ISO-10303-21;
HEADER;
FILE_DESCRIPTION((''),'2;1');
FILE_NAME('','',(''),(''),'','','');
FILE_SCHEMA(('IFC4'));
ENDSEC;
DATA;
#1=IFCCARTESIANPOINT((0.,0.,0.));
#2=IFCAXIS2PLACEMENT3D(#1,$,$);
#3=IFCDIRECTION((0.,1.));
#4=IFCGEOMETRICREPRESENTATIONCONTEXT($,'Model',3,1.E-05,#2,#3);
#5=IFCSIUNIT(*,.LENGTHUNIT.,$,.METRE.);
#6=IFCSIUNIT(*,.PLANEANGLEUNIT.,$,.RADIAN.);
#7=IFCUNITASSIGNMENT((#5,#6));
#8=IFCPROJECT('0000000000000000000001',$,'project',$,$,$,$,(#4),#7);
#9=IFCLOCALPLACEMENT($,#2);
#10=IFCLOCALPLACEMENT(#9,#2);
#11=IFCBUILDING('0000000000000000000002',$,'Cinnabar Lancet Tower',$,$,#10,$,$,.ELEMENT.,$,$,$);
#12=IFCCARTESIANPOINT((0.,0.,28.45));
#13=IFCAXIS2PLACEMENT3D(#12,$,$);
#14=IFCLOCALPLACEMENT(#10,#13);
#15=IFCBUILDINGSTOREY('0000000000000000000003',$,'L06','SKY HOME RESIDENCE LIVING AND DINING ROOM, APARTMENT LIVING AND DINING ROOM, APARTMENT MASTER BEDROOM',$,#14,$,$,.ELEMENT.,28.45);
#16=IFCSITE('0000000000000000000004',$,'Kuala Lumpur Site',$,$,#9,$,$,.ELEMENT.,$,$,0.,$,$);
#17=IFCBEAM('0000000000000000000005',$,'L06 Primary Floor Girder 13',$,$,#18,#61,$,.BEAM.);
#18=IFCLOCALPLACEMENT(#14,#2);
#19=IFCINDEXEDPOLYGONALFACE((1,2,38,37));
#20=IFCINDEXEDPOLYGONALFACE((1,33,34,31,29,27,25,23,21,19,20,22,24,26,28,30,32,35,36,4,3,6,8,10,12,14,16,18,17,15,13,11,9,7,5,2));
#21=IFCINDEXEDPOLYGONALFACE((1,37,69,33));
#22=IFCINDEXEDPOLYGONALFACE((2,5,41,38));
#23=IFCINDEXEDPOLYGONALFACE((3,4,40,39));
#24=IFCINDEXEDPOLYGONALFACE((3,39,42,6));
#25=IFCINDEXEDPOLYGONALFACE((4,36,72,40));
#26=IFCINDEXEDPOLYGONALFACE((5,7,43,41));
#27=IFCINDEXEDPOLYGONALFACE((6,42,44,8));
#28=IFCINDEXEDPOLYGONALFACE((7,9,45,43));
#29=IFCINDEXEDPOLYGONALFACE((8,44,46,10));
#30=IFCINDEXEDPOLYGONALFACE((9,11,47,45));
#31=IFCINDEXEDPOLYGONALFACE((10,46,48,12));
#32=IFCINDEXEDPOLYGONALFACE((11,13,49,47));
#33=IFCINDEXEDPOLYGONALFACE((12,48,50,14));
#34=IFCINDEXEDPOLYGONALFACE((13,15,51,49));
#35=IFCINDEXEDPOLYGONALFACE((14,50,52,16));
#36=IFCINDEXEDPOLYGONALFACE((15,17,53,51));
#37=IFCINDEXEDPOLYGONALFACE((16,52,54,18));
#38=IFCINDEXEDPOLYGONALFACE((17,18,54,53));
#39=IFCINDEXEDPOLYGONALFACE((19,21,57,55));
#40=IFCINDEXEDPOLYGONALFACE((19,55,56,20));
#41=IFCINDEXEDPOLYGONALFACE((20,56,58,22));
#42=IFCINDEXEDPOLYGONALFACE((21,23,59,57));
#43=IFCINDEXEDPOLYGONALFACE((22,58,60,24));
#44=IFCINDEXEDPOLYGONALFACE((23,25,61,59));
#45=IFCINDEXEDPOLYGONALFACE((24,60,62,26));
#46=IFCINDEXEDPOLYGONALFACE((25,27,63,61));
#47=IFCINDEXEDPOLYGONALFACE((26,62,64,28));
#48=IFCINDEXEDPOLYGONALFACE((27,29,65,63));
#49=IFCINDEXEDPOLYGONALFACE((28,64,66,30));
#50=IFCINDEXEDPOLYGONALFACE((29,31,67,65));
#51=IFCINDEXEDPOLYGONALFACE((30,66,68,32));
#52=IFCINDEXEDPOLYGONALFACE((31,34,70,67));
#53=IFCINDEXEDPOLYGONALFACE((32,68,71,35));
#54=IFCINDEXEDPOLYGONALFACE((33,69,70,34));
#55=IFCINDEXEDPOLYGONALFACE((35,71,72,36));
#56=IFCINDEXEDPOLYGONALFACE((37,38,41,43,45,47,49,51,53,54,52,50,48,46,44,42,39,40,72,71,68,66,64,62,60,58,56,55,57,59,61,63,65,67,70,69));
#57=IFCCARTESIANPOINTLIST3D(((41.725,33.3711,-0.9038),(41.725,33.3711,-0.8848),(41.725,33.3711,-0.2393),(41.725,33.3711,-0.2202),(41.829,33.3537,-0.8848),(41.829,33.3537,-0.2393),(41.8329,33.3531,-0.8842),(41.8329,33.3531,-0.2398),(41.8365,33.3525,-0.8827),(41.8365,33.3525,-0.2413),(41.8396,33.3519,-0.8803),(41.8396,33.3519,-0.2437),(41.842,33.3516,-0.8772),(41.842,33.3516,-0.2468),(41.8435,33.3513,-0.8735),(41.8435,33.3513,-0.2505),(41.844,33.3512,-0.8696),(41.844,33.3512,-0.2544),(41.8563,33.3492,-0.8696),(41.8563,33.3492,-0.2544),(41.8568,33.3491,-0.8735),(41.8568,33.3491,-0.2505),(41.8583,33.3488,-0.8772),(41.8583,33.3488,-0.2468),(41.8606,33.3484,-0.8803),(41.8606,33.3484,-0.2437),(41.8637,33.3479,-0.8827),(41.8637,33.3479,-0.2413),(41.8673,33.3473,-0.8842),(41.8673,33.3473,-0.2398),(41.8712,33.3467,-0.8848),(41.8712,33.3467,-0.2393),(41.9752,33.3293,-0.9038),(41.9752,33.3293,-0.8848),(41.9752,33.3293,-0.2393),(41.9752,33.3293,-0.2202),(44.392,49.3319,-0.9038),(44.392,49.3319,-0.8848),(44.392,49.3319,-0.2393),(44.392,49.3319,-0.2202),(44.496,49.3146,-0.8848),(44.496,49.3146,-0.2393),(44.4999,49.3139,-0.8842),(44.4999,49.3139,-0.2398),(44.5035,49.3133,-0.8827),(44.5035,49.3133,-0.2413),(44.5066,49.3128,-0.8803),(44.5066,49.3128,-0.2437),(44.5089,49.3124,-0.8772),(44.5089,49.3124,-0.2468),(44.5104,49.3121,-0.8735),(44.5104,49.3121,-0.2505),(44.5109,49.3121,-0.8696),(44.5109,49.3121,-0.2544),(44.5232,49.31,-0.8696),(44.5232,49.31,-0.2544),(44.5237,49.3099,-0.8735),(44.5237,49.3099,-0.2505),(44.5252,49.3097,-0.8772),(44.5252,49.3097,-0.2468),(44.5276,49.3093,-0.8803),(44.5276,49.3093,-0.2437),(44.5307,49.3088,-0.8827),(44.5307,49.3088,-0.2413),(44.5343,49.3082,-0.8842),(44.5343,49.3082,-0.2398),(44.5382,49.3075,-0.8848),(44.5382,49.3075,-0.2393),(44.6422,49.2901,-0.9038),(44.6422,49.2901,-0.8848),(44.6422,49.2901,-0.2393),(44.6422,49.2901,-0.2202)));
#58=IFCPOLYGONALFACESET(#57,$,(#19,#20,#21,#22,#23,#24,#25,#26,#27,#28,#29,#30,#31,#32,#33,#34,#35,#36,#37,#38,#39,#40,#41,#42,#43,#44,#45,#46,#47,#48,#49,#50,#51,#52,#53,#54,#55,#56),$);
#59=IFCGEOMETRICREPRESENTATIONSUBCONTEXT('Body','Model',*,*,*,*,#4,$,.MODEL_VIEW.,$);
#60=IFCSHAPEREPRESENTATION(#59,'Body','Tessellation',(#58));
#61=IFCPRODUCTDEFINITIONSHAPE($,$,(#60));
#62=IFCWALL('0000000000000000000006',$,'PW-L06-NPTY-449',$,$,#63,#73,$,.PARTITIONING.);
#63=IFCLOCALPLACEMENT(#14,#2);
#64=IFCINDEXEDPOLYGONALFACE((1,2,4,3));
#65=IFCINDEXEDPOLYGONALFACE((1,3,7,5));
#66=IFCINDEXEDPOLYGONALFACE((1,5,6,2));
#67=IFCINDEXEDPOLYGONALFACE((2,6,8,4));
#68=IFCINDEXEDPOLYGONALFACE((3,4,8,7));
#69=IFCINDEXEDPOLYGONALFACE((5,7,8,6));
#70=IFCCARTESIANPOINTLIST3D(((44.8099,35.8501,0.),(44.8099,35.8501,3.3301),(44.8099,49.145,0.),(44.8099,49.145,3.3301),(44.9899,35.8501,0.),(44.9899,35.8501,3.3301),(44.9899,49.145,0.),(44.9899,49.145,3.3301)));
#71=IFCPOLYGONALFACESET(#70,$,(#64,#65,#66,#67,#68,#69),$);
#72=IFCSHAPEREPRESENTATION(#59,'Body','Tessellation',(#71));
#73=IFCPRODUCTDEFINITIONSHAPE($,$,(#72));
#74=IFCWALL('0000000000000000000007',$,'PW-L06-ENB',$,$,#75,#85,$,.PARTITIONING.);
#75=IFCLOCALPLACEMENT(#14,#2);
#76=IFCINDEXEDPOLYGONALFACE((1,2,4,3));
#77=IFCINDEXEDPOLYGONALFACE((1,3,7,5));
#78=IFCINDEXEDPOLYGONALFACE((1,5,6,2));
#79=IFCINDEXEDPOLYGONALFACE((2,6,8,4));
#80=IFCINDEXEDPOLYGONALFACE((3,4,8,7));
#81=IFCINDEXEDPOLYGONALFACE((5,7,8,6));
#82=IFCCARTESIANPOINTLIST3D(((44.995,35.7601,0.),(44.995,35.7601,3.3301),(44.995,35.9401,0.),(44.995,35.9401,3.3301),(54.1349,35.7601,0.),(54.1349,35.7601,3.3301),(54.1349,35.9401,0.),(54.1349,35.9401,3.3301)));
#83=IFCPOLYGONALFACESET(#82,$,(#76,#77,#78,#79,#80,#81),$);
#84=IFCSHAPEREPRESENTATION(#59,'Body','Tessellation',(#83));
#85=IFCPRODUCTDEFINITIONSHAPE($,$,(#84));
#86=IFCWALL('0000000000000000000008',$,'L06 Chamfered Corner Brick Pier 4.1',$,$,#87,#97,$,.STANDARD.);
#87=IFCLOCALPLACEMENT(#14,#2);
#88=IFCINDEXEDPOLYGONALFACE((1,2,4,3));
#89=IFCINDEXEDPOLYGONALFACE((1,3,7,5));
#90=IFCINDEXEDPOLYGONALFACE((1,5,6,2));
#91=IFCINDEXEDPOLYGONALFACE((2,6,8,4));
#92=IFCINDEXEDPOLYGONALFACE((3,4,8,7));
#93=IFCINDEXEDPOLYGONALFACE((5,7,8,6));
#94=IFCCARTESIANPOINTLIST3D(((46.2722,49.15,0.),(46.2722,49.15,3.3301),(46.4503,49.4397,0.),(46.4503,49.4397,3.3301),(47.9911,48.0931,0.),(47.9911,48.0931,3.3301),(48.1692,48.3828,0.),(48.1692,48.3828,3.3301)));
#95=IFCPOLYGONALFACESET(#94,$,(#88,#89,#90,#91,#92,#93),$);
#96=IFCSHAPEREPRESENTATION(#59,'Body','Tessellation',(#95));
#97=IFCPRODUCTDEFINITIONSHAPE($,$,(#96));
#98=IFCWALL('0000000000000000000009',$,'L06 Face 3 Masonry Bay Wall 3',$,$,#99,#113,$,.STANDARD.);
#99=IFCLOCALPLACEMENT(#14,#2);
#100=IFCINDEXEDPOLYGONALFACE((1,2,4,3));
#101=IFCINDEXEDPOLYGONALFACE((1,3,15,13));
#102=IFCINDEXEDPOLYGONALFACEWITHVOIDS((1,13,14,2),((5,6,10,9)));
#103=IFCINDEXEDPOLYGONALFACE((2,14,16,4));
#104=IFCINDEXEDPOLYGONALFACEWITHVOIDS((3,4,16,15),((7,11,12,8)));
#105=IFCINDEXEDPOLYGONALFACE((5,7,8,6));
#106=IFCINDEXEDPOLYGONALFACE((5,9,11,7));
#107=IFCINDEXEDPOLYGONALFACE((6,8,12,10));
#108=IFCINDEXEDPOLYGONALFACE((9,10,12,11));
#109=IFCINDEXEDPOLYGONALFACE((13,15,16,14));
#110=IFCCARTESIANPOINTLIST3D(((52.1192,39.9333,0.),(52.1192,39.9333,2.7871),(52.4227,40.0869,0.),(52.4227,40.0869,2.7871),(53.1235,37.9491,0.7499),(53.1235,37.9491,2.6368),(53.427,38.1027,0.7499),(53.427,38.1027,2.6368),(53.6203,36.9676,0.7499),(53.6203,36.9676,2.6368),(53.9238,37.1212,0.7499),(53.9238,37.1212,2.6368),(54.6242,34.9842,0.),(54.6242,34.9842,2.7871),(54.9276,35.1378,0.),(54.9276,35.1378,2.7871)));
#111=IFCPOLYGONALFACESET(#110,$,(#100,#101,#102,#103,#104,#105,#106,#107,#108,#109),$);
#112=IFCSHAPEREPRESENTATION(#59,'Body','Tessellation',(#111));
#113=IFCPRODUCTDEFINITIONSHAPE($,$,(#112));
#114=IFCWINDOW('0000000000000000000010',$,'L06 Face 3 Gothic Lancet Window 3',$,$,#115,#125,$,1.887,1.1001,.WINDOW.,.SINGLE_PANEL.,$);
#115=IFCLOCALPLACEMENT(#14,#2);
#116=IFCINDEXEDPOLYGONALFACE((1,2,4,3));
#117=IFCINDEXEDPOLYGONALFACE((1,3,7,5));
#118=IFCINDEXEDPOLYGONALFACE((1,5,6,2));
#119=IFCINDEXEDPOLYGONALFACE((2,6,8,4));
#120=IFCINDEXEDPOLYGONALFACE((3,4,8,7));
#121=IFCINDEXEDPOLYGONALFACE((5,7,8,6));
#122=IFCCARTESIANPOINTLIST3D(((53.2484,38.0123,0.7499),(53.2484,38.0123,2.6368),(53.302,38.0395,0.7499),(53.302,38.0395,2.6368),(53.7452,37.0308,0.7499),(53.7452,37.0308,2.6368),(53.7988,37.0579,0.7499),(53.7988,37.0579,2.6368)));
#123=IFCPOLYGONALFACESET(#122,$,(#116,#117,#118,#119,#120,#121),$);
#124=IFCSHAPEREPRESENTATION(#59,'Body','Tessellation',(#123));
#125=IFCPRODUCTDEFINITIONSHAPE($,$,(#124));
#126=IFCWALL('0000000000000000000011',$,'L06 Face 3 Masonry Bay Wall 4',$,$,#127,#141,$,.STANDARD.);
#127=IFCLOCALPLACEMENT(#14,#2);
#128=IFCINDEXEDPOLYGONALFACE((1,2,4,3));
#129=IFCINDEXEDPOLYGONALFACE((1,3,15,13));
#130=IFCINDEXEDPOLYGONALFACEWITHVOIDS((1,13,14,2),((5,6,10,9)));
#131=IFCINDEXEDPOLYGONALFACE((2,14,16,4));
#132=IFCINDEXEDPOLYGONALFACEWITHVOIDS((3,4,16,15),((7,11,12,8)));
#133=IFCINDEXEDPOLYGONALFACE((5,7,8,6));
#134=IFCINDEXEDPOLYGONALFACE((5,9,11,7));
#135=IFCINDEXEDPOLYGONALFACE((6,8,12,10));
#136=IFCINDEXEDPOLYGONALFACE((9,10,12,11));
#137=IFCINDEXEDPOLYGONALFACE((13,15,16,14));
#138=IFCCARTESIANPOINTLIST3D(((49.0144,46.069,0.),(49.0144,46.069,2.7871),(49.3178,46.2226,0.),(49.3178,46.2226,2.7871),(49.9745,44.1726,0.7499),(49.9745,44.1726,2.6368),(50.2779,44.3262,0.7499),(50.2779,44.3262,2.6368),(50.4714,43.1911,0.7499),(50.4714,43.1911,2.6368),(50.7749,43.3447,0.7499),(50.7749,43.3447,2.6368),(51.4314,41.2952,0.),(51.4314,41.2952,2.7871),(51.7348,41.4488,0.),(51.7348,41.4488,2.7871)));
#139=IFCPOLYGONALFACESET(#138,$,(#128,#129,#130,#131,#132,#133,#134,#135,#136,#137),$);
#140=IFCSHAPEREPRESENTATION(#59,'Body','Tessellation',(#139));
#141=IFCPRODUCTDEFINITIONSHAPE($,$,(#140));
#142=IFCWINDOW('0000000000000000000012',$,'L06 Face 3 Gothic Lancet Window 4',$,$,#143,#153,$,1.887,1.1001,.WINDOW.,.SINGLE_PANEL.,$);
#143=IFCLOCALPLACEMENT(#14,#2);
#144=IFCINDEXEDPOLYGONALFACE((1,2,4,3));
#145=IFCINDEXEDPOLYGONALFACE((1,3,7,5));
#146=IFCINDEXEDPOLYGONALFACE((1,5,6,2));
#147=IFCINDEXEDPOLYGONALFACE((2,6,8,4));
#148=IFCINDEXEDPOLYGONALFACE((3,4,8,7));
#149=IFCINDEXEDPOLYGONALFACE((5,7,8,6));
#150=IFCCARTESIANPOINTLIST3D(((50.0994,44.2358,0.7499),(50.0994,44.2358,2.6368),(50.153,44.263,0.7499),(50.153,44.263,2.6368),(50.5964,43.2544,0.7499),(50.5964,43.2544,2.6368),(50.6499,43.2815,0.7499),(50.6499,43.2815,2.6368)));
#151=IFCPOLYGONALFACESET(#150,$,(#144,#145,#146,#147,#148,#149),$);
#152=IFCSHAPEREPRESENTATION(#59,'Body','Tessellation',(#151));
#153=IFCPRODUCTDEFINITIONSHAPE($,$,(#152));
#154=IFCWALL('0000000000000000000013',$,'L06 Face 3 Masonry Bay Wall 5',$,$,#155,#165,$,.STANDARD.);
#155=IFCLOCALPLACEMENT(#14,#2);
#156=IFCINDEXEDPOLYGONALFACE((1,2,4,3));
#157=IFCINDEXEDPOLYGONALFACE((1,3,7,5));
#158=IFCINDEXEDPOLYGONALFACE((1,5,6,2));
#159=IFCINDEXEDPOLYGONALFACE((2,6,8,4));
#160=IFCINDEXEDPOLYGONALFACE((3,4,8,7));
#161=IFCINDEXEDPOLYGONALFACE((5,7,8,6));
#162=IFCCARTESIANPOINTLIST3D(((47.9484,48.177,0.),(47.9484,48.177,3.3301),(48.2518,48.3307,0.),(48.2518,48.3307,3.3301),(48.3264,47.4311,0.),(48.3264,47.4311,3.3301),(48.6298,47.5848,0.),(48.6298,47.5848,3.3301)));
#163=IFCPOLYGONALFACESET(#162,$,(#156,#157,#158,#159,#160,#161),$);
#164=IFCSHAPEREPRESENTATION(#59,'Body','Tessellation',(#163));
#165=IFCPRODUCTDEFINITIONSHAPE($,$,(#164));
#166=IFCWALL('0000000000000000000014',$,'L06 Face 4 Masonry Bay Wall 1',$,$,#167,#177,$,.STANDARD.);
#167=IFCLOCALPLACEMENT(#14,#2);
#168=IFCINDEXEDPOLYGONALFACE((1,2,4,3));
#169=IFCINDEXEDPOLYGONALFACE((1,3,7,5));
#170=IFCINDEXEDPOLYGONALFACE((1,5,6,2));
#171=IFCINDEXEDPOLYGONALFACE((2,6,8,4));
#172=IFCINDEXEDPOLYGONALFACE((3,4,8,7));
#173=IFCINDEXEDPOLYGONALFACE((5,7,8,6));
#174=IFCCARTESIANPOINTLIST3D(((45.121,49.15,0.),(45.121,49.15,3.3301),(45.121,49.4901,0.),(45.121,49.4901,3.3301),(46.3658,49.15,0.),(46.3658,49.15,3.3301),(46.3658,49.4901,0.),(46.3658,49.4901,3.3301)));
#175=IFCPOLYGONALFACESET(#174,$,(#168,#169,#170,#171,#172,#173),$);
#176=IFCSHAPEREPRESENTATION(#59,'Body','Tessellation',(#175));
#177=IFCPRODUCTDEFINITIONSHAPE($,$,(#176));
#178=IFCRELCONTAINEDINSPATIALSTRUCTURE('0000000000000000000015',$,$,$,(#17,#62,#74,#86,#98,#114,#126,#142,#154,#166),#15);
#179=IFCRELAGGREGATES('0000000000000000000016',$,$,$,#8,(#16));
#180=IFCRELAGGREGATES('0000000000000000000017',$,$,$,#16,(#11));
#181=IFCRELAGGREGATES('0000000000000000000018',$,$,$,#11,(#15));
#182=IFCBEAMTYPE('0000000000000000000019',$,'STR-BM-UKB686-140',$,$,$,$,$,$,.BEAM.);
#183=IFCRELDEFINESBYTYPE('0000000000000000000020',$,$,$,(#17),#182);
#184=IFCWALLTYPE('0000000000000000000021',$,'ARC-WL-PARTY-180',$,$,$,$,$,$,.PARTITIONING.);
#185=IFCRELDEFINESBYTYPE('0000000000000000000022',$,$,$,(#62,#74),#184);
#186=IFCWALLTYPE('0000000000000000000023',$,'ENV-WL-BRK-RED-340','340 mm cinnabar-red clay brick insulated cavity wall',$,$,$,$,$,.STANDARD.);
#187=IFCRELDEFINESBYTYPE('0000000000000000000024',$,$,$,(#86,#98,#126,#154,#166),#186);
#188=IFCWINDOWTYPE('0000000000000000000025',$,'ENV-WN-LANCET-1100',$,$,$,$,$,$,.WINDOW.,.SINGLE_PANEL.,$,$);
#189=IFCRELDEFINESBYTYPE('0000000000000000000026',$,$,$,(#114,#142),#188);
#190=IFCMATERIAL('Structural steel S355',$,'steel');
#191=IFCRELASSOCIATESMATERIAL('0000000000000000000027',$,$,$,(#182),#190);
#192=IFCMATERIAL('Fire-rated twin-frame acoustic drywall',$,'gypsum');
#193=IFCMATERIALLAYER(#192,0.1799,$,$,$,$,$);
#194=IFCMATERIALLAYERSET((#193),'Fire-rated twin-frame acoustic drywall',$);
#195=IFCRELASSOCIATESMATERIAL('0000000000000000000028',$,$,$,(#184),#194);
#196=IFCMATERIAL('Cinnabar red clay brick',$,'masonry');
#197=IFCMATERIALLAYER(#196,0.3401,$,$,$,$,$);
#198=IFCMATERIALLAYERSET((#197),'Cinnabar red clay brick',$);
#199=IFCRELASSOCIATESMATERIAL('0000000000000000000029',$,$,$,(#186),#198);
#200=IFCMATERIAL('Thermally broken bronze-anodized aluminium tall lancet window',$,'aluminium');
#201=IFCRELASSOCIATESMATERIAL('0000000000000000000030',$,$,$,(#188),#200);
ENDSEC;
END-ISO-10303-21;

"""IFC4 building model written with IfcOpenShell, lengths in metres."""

from ifc_helpers import new_model, si_unit, direction, frame, frame_2d, origin, origin_2d, place, context, subcontext, project, spatial, rectangle, i_section, extrude, material, layer, layer_set, material_profile, profile_set, type_object, element, fill, save


model = new_model("IFC4")

# Units and contexts
model_context = context("Model", 3, precision=1e-05, world=origin(), true_north=direction((0.0, 1.0)))
body_context = subcontext(model_context, "Body", "Model", "MODEL_VIEW")
ifc_project = project(units=[si_unit("LENGTHUNIT", "METRE"), si_unit("PLANEANGLEUNIT", "RADIAN")], contexts=[model_context])

# Site, building, storey
site_placement = place(None, origin())
site = spatial("IfcSite", under=ifc_project, at=site_placement, Name="Kuala Lumpur Site", CompositionType="ELEMENT", RefElevation=0.0)
building_placement = place(site_placement, origin())
building = spatial("IfcBuilding", under=site, at=building_placement, Name="Cinnabar Lancet Tower", CompositionType="ELEMENT")
storey_placement = place(building_placement, frame((0.0, 0.0, 28.45)))
storey = spatial("IfcBuildingStorey", under=building, at=storey_placement, Name="L06", Description="SKY HOME RESIDENCE LIVING AND DINING ROOM, APARTMENT LIVING AND DINING ROOM, APARTMENT MASTER BEDROOM", CompositionType="ELEMENT", Elevation=28.45)

# Beam
ifc_material_1 = material(Name="Structural steel S355", Category="steel")
ifc_material_profile_1 = material_profile(ifc_material_1, i_section(OverallWidth=0.2537, OverallDepth=0.6836, WebThickness=0.0125, FlangeThickness=0.019, FilletRadius=0.0151, at=origin_2d()), Name="UKB 686x254x140")
ifc_profile_set_1 = profile_set([ifc_material_profile_1], Name="Structural steel S355")
beam_type_1 = type_object("IfcBeamType", Name="STR-BM-UKB686-140", PredefinedType="BEAM", material=ifc_profile_set_1)
beam_1_placement = place(storey_placement, frame((44.5171, 49.311, -0.562), z_axis=(-0.16481, -0.986325, 0.0), x_axis=(0.986325, -0.16481, 0.0)))
element("IfcBeam", 1, at=beam_1_placement, inside=storey, type_object=beam_type_1, Name="L06 Primary Floor Girder 13", PredefinedType="BEAM", context=body_context, shape_type="SweptSolid", body=[
    extrude(i_section(OverallWidth=0.2537, OverallDepth=0.6836, WebThickness=0.0125, FlangeThickness=0.019, FilletRadius=0.0151, at=origin_2d()), origin(), (0.0, 0.0, 1.0), 16.1821),
])

# Walls
ifc_material_2 = material(Name="Fire-rated twin-frame acoustic drywall", Category="gypsum")
ifc_layer_1 = layer(ifc_material_2, 0.1799)
ifc_layer_set_1 = layer_set([ifc_layer_1], Name="Fire-rated twin-frame acoustic drywall")
wall_type_1 = type_object("IfcWallType", Name="ARC-WL-PARTY-180", PredefinedType="PARTITIONING", material=ifc_layer_set_1)
wall_1_placement = place(storey_placement, frame((44.8999, 35.8501, 0.0), z_axis=(0.0, 0.0, 1.0), x_axis=(0.0, 1.0, 0.0)))
element("IfcWall", 2, at=wall_1_placement, inside=storey, type_object=wall_type_1, Name="PW-L06-NPTY-449", PredefinedType="PARTITIONING", context=body_context, shape_type="SweptSolid", body=[
    extrude(rectangle(XDim=13.2949, YDim=0.1799, at=frame_2d((6.6475, 0.0))), origin(), (0.0, 0.0, 1.0), 3.3301),
])
wall_2_placement = place(storey_placement, frame((44.9951, 35.8501, 0.0), z_axis=(0.0, 0.0, 1.0), x_axis=(1.0, 0.0, 0.0)))
element("IfcWall", 3, at=wall_2_placement, inside=storey, type_object=wall_type_1, Name="PW-L06-ENB", PredefinedType="PARTITIONING", context=body_context, shape_type="SweptSolid", body=[
    extrude(rectangle(XDim=9.1399, YDim=0.1799, at=frame_2d((4.5698, 0.0))), origin(), (0.0, 0.0, 1.0), 3.3301),
])
ifc_material_3 = material(Name="Cinnabar red clay brick", Category="masonry")
ifc_layer_2 = layer(ifc_material_3, 0.3401)
ifc_layer_set_2 = layer_set([ifc_layer_2], Name="Cinnabar red clay brick")
wall_type_2 = type_object("IfcWallType", Name="ENV-WL-BRK-RED-340", Description="340 mm cinnabar-red clay brick insulated cavity wall", PredefinedType="STANDARD", material=ifc_layer_set_2)
wall_3_placement = place(storey_placement, frame((48.0801, 48.238, 0.0), z_axis=(0.0, 0.0, 1.0), x_axis=(-0.85187, 0.523753, 0.0)))
element("IfcWall", 4, at=wall_3_placement, inside=storey, type_object=wall_type_2, Name="L06 Chamfered Corner Brick Pier 4.1", PredefinedType="STANDARD", context=body_context, shape_type="SweptSolid", body=[
    extrude(rectangle(XDim=2.0178, YDim=0.3401, at=frame_2d((1.0088, 0.0))), origin(), (0.0, 0.0, 1.0), 3.3301),
])

# Walls, openings, windows
wall_4_placement = place(storey_placement, frame((54.7759, 35.061, 0.0), z_axis=(0.0, 0.0, 1.0), x_axis=(-0.451592, 0.892225, 0.0)))
wall_4 = element("IfcWall", 5, at=wall_4_placement, inside=storey, type_object=wall_type_2, Name="L06 Face 3 Masonry Bay Wall 3", PredefinedType="STANDARD", context=body_context, shape_type="SweptSolid", body=[
    extrude(rectangle(XDim=5.5469, YDim=0.3401, at=frame_2d((2.7734, 0.0))), origin(), (0.0, 0.0, 1.0), 2.7871),
])
opening_1_placement = place(wall_4_placement, frame((2.2229, 0.0, 0.75)))
opening_1 = element("IfcOpeningElement", 6, at=opening_1_placement, cuts=wall_4, PredefinedType="OPENING", context=body_context, shape_type="SweptSolid", body=[
    extrude(rectangle(XDim=1.1001, YDim=1.887, at=frame_2d((0.55, 0.9434))), frame((0.0, 0.1799, 0.0), z_axis=(0.0, -1.0, 0.0), x_axis=(1.0, 0.0, 0.0)), (0.0, 0.0, 1.0), 0.3601),
])
ifc_material_4 = material(Name="Thermally broken bronze-anodized aluminium tall lancet window", Category="aluminium")
window_type = type_object("IfcWindowType", Name="ENV-WN-LANCET-1100", PartitioningType="SINGLE_PANEL", PredefinedType="WINDOW", material=ifc_material_4)
window_1_placement = place(opening_1_placement, origin())
window_1 = element("IfcWindow", 7, at=window_1_placement, inside=storey, type_object=window_type, Name="L06 Face 3 Gothic Lancet Window 3", OverallHeight=1.887, OverallWidth=1.1001, PartitioningType="SINGLE_PANEL", PredefinedType="WINDOW", context=body_context, shape_type="SweptSolid", body=[
    extrude(rectangle(XDim=1.1001, YDim=1.887, at=frame_2d((0.55, 0.9434))), frame((0.0, 0.03, 0.0), z_axis=(0.0, -1.0, 0.0), x_axis=(1.0, 0.0, 0.0)), (0.0, 0.0, 1.0), 0.0601),
])
fill(opening_1, window_1)
wall_5_placement = place(storey_placement, frame((51.583, 41.3721, 0.0), z_axis=(0.0, 0.0, 1.0), x_axis=(-0.451698, 0.892171, 0.0)))
wall_5 = element("IfcWall", 8, at=wall_5_placement, inside=storey, type_object=wall_type_2, Name="L06 Face 3 Masonry Bay Wall 4", PredefinedType="STANDARD", context=body_context, shape_type="SweptSolid", body=[
    extrude(rectangle(XDim=5.3508, YDim=0.3401, at=frame_2d((2.6753, 0.0))), origin(), (0.0, 0.0, 1.0), 2.7871),
])
opening_2_placement = place(wall_5_placement, frame((2.125, 0.0, 0.75)))
opening_2 = element("IfcOpeningElement", 9, at=opening_2_placement, cuts=wall_5, PredefinedType="OPENING", context=body_context, shape_type="SweptSolid", body=[
    extrude(rectangle(XDim=1.1001, YDim=1.887, at=frame_2d((0.55, 0.9434))), frame((0.0, 0.1799, 0.0), z_axis=(0.0, -1.0, 0.0), x_axis=(1.0, 0.0, 0.0)), (0.0, 0.0, 1.0), 0.3601),
])
window_2_placement = place(opening_2_placement, origin())
window_2 = element("IfcWindow", 10, at=window_2_placement, inside=storey, type_object=window_type, Name="L06 Face 3 Gothic Lancet Window 4", OverallHeight=1.887, OverallWidth=1.1001, PartitioningType="SINGLE_PANEL", PredefinedType="WINDOW", context=body_context, shape_type="SweptSolid", body=[
    extrude(rectangle(XDim=1.1001, YDim=1.887, at=frame_2d((0.55, 0.9434))), frame((0.0, 0.03, 0.0), z_axis=(0.0, -1.0, 0.0), x_axis=(1.0, 0.0, 0.0)), (0.0, 0.0, 1.0), 0.0601),
])
fill(opening_2, window_2)

# Walls
wall_6_placement = place(storey_placement, frame((48.478, 47.5081, 0.0), z_axis=(0.0, 0.0, 1.0), x_axis=(-0.451996, 0.89202, 0.0)))
element("IfcWall", 11, at=wall_6_placement, inside=storey, type_object=wall_type_2, Name="L06 Face 3 Masonry Bay Wall 5", PredefinedType="STANDARD", context=body_context, shape_type="SweptSolid", body=[
    extrude(rectangle(XDim=0.8362, YDim=0.3401, at=frame_2d((0.418, 0.0))), origin(), (0.0, 0.0, 1.0), 3.3301),
])
wall_7_placement = place(storey_placement, frame((46.366, 49.3201, 0.0), z_axis=(0.0, 0.0, 1.0), x_axis=(-1.0, 0.0, 0.0)))
element("IfcWall", 12, at=wall_7_placement, inside=storey, type_object=wall_type_2, Name="L06 Face 4 Masonry Bay Wall 1", PredefinedType="STANDARD", context=body_context, shape_type="SweptSolid", body=[
    extrude(rectangle(XDim=1.2449, YDim=0.3401, at=frame_2d((0.6226, 0.0))), origin(), (0.0, 0.0, 1.0), 3.3301),
])

save(model, "model.ifc")
